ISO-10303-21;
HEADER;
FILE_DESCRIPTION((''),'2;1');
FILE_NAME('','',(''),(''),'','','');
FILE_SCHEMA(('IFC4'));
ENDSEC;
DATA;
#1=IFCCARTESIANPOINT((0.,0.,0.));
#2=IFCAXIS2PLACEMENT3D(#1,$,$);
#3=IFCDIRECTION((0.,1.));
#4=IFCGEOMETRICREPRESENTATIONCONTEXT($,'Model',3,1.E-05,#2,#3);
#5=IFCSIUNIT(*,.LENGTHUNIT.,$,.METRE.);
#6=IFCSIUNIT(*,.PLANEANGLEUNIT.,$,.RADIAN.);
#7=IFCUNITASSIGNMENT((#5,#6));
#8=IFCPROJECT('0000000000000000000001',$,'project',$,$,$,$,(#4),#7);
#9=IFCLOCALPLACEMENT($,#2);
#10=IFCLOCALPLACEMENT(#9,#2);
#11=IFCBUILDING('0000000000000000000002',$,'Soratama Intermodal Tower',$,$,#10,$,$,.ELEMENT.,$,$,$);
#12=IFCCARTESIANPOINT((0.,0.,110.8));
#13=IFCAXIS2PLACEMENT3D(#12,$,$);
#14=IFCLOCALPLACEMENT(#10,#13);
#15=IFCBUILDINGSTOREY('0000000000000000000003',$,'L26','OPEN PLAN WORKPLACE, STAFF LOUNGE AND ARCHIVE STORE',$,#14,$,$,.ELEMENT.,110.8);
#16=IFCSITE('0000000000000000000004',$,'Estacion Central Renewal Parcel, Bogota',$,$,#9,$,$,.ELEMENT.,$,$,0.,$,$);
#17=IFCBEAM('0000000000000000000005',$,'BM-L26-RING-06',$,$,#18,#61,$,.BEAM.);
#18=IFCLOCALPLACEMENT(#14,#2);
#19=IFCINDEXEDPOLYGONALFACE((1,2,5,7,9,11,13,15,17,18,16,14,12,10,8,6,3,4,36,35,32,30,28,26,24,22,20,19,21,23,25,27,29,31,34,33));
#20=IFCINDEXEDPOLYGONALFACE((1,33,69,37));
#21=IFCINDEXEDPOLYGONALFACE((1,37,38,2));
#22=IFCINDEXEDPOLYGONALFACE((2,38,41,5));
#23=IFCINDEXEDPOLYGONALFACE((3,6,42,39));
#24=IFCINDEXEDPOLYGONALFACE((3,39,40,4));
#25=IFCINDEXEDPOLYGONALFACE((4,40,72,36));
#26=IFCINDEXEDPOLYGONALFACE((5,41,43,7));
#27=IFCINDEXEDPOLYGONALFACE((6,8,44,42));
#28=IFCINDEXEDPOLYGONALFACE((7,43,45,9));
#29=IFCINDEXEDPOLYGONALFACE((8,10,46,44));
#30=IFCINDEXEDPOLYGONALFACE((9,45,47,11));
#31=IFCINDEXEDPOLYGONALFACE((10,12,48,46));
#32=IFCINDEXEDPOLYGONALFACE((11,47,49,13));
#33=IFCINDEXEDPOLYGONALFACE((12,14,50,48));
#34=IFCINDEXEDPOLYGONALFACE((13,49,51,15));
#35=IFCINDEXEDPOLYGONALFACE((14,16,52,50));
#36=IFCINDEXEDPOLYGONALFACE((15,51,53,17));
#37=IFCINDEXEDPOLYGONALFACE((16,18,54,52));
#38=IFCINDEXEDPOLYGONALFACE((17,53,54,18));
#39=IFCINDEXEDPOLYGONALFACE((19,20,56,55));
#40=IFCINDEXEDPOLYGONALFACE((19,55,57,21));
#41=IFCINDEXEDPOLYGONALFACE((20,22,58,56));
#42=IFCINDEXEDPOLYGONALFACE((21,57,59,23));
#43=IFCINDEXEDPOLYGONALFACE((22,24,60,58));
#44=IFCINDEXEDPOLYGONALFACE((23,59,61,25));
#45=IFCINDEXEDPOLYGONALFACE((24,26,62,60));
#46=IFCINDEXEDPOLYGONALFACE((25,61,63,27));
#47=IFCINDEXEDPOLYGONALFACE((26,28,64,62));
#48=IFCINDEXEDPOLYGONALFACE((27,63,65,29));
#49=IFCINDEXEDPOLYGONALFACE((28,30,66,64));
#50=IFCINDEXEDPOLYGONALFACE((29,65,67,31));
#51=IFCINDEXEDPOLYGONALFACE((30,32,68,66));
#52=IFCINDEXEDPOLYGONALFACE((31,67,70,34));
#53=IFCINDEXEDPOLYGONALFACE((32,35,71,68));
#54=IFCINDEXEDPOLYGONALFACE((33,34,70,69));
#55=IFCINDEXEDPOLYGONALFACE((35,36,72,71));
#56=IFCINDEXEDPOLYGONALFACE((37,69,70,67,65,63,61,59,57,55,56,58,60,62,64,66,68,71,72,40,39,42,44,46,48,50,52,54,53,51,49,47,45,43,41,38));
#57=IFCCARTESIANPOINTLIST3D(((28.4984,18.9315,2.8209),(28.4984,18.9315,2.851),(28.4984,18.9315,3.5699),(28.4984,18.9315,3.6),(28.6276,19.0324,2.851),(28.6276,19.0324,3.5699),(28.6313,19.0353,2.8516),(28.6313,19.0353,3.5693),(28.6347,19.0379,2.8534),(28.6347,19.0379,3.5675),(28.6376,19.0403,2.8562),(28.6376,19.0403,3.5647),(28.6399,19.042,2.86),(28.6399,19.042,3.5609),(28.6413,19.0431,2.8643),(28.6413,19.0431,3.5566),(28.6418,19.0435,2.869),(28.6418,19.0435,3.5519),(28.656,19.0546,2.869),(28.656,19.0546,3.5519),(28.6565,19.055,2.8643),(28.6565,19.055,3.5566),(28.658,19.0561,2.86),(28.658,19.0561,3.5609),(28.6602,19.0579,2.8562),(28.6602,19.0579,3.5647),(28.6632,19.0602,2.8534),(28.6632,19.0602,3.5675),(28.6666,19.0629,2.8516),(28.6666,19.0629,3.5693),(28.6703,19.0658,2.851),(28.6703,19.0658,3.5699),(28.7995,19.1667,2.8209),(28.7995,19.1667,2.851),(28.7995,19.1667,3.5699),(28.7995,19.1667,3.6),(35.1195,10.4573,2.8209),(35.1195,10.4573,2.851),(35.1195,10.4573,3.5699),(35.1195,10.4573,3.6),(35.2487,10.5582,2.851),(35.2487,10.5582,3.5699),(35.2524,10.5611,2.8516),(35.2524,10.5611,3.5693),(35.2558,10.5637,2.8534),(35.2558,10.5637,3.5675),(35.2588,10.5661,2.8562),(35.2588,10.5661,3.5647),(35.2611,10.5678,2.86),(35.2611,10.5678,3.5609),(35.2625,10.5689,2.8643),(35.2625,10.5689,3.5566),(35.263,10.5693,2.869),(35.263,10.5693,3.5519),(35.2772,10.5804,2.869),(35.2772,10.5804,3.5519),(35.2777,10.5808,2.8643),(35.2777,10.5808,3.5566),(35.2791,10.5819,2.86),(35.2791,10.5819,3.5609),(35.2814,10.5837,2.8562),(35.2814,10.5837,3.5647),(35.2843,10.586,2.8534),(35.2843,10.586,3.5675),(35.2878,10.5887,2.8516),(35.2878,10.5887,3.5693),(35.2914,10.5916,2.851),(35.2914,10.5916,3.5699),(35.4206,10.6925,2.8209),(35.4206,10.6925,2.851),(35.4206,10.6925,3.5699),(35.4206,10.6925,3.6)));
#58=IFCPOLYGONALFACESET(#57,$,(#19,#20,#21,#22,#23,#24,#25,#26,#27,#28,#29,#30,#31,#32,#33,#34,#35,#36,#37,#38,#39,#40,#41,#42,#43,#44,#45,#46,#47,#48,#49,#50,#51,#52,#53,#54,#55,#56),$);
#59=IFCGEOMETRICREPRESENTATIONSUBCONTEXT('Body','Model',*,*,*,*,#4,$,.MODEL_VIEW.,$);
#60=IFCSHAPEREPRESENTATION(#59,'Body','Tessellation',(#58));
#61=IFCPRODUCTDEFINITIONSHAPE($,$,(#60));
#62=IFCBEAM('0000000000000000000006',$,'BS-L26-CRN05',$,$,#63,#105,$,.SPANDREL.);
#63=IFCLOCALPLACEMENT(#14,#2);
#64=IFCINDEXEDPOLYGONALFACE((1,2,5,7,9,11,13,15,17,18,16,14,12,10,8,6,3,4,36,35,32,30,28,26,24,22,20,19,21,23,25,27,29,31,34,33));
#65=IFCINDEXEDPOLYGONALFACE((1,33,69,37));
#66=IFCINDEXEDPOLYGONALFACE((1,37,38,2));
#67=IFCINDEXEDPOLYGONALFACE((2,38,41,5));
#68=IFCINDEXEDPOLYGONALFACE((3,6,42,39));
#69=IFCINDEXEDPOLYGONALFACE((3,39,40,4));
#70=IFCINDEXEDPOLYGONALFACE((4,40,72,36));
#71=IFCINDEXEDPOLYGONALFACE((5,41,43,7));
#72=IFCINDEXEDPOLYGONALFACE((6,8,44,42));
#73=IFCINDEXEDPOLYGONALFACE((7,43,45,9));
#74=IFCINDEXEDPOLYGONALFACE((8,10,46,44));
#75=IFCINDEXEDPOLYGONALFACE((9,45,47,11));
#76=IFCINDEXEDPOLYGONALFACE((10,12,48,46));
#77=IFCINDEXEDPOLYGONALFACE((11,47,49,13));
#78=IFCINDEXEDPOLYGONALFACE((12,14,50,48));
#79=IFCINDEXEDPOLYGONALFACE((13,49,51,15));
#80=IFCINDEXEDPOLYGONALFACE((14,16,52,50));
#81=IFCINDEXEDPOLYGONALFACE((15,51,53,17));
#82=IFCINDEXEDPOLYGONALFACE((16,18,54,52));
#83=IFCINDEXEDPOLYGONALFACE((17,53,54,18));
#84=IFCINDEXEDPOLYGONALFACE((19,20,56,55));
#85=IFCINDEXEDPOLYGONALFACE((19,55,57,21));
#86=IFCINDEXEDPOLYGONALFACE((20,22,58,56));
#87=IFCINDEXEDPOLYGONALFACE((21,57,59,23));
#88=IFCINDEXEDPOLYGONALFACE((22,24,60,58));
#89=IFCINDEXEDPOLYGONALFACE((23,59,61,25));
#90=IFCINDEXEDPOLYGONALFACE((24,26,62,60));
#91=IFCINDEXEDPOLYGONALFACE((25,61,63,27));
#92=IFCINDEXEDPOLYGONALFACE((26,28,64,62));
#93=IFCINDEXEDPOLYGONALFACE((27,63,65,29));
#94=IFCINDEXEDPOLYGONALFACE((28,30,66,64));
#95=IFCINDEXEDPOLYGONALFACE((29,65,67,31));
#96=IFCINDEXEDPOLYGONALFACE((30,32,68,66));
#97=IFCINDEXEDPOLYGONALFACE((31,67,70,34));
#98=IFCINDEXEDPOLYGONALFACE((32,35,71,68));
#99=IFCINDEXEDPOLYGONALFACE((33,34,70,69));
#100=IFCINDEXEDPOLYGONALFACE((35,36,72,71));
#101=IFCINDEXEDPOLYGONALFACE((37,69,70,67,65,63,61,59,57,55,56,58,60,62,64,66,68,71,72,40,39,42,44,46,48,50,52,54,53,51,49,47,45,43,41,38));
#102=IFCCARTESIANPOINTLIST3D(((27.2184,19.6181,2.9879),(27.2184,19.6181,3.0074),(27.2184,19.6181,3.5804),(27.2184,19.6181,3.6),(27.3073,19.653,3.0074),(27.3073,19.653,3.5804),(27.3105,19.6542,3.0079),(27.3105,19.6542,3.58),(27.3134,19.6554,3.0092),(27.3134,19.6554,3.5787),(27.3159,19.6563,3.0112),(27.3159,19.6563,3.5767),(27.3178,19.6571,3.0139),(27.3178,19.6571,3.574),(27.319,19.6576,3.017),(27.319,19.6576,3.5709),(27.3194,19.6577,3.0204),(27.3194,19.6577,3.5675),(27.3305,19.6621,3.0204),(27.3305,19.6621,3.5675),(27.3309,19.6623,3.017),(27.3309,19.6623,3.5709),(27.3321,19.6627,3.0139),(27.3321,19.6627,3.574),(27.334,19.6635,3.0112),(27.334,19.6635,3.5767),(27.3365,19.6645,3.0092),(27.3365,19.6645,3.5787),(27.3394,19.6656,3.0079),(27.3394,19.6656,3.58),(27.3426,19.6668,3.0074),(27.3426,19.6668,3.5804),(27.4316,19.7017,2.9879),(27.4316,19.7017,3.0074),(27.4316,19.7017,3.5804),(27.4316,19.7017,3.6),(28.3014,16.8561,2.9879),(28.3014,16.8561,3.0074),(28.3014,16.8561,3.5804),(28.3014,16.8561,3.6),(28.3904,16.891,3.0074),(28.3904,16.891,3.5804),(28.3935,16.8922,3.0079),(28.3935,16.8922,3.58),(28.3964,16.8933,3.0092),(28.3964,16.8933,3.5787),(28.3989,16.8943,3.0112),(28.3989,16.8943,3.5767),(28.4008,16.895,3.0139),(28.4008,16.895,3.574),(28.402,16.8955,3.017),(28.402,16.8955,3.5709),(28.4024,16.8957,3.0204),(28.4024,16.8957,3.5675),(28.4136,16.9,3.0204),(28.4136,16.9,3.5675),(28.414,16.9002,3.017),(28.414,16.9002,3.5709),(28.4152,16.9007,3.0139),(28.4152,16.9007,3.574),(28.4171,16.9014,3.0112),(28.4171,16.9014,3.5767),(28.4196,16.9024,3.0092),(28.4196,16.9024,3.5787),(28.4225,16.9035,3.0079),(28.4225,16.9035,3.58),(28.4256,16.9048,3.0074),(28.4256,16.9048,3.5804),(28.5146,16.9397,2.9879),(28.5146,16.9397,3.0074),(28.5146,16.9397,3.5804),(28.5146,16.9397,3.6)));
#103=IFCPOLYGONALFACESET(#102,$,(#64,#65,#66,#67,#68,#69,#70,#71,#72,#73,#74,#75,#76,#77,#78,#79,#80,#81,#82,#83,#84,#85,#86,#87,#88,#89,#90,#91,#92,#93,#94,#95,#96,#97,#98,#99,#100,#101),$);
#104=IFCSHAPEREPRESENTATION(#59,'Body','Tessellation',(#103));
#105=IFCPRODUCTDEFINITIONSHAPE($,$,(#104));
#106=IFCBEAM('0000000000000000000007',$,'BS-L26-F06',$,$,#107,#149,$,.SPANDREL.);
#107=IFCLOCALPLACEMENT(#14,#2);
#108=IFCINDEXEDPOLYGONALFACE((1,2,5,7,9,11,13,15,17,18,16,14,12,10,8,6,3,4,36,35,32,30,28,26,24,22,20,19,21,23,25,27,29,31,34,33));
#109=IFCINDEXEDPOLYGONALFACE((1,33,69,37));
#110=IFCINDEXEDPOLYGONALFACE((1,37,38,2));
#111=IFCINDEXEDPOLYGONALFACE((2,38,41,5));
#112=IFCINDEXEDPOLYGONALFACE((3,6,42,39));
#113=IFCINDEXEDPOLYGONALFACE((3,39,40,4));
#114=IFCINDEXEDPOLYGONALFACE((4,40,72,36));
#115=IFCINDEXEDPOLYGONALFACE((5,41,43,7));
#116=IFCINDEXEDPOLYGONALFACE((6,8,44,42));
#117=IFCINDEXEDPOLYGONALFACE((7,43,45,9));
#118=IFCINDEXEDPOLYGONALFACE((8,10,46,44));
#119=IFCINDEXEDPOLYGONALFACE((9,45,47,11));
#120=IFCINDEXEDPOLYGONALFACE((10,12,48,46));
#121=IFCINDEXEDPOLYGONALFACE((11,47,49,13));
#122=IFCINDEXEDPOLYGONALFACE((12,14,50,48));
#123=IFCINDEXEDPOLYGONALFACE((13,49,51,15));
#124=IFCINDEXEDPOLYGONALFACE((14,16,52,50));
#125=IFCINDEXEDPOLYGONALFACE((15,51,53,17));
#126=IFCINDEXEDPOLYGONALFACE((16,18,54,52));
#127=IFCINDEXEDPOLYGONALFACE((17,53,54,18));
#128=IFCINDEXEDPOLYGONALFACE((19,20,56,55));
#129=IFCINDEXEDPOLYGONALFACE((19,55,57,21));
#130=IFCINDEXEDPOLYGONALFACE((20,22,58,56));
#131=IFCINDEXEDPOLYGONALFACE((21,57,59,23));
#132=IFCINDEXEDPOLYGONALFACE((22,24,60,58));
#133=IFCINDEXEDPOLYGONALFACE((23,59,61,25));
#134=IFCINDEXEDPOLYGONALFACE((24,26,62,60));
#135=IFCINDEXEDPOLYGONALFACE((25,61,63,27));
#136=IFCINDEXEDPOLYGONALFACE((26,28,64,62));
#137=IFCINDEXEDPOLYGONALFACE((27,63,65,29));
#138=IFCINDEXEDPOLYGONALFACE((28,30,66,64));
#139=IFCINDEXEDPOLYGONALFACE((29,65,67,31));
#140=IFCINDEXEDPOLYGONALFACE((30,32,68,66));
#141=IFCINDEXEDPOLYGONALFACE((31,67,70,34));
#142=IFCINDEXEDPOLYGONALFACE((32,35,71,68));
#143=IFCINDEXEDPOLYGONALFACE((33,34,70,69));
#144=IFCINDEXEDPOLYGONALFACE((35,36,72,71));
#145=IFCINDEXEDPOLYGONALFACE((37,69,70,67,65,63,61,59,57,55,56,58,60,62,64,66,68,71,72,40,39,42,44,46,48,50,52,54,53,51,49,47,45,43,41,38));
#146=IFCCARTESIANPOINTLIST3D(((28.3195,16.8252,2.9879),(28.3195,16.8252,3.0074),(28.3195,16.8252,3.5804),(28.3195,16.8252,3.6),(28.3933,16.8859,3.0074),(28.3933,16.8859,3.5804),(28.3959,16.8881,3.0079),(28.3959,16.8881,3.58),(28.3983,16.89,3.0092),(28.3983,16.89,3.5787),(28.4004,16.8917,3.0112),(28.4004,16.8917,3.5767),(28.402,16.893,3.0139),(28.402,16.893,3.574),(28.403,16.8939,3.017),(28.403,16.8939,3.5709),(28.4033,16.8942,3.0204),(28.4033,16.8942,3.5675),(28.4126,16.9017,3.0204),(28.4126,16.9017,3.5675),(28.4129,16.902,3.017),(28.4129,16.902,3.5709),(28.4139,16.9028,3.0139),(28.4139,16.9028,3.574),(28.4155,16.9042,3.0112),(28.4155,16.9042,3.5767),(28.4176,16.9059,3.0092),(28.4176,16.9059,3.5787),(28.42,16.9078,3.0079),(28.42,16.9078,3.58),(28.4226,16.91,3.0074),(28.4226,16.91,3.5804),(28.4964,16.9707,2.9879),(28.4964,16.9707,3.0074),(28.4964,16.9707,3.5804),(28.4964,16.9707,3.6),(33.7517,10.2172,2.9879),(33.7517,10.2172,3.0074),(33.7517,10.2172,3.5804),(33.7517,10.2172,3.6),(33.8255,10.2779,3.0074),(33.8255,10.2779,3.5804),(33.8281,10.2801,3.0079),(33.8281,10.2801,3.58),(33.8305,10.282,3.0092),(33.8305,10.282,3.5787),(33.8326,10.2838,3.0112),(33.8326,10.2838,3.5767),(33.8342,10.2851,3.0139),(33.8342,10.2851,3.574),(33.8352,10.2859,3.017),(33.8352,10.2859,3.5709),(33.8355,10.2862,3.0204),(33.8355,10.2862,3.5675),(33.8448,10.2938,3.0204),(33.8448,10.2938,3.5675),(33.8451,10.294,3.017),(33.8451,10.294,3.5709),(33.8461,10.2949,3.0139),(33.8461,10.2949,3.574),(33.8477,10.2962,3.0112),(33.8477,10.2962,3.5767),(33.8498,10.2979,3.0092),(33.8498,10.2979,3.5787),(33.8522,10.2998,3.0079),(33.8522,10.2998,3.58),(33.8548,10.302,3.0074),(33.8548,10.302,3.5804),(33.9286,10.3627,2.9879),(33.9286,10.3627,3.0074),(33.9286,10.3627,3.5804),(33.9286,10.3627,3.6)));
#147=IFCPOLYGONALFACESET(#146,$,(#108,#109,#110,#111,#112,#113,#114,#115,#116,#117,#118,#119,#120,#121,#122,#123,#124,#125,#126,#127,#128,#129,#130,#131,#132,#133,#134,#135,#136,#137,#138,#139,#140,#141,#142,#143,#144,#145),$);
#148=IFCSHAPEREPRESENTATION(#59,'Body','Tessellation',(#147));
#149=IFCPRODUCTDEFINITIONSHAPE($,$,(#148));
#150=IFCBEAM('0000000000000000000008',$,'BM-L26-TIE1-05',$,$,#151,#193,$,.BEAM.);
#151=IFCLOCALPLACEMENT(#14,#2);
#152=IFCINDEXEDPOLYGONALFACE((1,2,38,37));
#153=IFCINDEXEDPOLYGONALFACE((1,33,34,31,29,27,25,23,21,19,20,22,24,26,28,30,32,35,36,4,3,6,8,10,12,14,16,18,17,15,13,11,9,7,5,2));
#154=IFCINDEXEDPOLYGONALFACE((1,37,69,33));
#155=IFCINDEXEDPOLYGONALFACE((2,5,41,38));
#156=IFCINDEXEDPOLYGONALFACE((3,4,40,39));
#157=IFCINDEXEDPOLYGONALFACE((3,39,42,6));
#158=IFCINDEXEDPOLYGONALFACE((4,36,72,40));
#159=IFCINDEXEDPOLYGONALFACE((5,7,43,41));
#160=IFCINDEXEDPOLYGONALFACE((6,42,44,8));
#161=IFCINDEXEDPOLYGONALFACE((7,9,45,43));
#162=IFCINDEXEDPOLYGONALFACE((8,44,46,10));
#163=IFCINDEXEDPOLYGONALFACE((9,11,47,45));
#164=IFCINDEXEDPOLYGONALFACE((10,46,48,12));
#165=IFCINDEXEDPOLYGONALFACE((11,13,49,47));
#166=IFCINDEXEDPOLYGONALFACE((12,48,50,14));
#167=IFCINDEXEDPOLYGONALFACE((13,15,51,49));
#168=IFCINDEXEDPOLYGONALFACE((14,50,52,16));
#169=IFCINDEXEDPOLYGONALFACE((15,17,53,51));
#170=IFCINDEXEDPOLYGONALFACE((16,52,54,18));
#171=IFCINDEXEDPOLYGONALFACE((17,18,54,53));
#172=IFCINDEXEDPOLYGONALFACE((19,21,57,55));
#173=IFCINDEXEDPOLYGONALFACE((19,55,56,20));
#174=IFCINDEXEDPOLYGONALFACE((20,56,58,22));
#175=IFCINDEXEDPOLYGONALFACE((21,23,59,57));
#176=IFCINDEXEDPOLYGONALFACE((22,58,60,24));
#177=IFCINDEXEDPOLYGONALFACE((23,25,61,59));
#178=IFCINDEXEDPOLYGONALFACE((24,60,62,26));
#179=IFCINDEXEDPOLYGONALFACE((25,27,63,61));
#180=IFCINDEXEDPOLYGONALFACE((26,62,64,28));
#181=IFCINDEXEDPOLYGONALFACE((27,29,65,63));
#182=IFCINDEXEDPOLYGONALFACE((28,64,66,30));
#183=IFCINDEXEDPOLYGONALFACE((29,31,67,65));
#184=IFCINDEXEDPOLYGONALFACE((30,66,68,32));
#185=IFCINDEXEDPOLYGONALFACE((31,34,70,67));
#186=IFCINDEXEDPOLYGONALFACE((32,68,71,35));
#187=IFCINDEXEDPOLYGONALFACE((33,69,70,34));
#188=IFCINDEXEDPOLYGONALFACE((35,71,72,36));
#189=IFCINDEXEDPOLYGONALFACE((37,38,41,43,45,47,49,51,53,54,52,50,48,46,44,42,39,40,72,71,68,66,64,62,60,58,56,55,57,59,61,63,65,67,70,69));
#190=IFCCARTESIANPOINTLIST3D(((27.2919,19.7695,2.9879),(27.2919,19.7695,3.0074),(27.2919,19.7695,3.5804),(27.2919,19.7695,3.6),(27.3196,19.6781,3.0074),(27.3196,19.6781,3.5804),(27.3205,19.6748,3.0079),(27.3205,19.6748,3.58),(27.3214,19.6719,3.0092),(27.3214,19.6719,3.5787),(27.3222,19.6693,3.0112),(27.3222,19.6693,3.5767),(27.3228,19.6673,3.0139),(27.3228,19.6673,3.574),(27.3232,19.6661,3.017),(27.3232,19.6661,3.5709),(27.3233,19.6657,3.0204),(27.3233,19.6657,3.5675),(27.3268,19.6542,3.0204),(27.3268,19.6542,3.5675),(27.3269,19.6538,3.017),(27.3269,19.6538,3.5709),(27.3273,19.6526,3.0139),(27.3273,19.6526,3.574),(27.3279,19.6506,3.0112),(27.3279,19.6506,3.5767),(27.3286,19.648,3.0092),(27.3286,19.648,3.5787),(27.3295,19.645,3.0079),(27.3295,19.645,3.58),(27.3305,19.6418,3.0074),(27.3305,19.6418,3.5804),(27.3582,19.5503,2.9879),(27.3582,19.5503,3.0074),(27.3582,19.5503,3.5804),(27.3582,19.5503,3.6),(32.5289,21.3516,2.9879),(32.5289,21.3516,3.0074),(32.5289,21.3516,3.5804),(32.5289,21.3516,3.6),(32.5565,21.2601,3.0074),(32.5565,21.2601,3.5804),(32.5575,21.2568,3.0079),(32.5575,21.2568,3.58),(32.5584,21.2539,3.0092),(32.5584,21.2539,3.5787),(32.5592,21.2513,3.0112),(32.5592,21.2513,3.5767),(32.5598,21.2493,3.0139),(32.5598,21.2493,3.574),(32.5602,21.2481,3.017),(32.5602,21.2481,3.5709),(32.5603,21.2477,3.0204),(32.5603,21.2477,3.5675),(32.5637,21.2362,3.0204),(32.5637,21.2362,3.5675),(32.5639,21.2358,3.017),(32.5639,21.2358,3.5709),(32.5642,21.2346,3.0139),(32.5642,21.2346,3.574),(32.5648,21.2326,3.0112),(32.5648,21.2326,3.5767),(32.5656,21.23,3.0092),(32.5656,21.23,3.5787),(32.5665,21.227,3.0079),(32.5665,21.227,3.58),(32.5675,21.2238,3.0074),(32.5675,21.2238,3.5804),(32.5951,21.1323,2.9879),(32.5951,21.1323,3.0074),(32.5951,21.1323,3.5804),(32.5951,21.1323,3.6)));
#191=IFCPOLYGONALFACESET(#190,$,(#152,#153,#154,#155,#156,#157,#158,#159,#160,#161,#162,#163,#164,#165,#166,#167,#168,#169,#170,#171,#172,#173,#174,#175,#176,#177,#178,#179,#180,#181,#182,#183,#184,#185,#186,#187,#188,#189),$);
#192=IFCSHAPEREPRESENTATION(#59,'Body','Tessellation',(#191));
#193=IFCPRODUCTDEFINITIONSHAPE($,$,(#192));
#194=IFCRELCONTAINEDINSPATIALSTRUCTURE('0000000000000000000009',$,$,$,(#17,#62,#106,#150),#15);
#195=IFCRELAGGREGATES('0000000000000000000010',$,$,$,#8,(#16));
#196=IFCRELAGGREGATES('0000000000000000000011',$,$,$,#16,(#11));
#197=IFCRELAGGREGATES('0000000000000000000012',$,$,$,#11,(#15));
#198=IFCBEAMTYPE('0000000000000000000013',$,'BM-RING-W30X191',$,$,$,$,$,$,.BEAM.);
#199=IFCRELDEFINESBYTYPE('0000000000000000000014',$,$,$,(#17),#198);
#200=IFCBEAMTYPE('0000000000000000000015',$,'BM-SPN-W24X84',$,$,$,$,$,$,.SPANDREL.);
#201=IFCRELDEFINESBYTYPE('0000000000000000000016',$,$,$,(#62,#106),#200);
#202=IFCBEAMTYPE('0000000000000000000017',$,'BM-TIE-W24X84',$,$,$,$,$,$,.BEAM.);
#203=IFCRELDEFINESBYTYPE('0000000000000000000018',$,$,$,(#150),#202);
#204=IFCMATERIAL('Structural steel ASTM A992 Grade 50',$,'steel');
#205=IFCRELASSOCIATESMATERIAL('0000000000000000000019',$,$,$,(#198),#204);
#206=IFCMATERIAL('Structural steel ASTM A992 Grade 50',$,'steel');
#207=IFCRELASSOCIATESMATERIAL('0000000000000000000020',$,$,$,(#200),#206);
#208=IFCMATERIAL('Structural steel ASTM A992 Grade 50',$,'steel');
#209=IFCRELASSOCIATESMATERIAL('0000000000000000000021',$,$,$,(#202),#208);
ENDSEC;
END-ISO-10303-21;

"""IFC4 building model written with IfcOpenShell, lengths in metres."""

from ifc_helpers import new_model, si_unit, direction, frame, origin, origin_2d, place, context, subcontext, project, spatial, i_section, extrude, material, material_profile, profile_set, type_object, element, save


model = new_model("IFC4")

# Units and contexts
model_context = context("Model", 3, precision=1e-05, world=origin(), true_north=direction((0.0, 1.0)))
body_context = subcontext(model_context, "Body", "Model", "MODEL_VIEW")
ifc_project = project(units=[si_unit("LENGTHUNIT", "METRE"), si_unit("PLANEANGLEUNIT", "RADIAN")], contexts=[model_context])

# Site, building, storey
site_placement = place(None, origin())
site = spatial("IfcSite", under=ifc_project, at=site_placement, Name="Estacion Central Renewal Parcel, Bogota", CompositionType="ELEMENT", RefElevation=0.0)
building_placement = place(site_placement, origin())
building = spatial("IfcBuilding", under=site, at=building_placement, Name="Soratama Intermodal Tower", CompositionType="ELEMENT")
storey_placement = place(building_placement, frame((0.0, 0.0, 110.8)))
storey = spatial("IfcBuildingStorey", under=building, at=storey_placement, Name="L26", Description="OPEN PLAN WORKPLACE, STAFF LOUNGE AND ARCHIVE STORE", CompositionType="ELEMENT", Elevation=110.8)

# Beams
ifc_material_1 = material(Name="Structural steel ASTM A992 Grade 50", Category="steel")
ifc_material_profile_1 = material_profile(ifc_material_1, i_section(OverallWidth=0.3821, OverallDepth=0.7791, WebThickness=0.0181, FlangeThickness=0.03, FilletRadius=0.0181, at=origin_2d()), Name="W30X191")
ifc_profile_set_1 = profile_set([ifc_material_profile_1], Name="Structural steel ASTM A992 Grade 50")
beam_type_1 = type_object("IfcBeamType", Name="BM-RING-W30X191", PredefinedType="BEAM", material=ifc_profile_set_1)
beam_1_placement = place(storey_placement, frame((28.6489, 19.0491, 3.2104), z_axis=(0.615684, -0.787993, 0.0), x_axis=(0.787993, 0.615684, 0.0)))
element("IfcBeam", 1, at=beam_1_placement, inside=storey, type_object=beam_type_1, Name="BM-L26-RING-06", PredefinedType="BEAM", context=body_context, shape_type="SweptSolid", body=[
    extrude(i_section(OverallWidth=0.3821, OverallDepth=0.7791, WebThickness=0.0181, FlangeThickness=0.03, FilletRadius=0.0181, at=origin_2d()), origin(), (0.0, 0.0, 1.0), 10.7542),
])
ifc_material_2 = material(Name="Structural steel ASTM A992 Grade 50", Category="steel")
ifc_material_profile_2 = material_profile(ifc_material_2, i_section(OverallWidth=0.229, OverallDepth=0.6121, WebThickness=0.012, FlangeThickness=0.0195, FilletRadius=0.0129, at=origin_2d()), Name="W24X84")
ifc_profile_set_2 = profile_set([ifc_material_profile_2], Name="Structural steel ASTM A992 Grade 50")
beam_type_2 = type_object("IfcBeamType", Name="BM-SPN-W24X84", PredefinedType="SPANDREL", material=ifc_profile_set_2)
beam_2_placement = place(storey_placement, frame((27.325, 19.6599, 3.2939), z_axis=(0.365054, -0.930986, 0.0), x_axis=(0.930986, 0.365054, 0.0)))
element("IfcBeam", 2, at=beam_2_placement, inside=storey, type_object=beam_type_2, Name="BS-L26-CRN05", PredefinedType="SPANDREL", context=body_context, shape_type="SweptSolid", body=[
    extrude(i_section(OverallWidth=0.229, OverallDepth=0.6121, WebThickness=0.012, FlangeThickness=0.0195, FilletRadius=0.0129, at=origin_2d()), origin(), (0.0, 0.0, 1.0), 2.9668),
])
beam_3_placement = place(storey_placement, frame((28.408, 16.8979, 3.2939), z_axis=(0.635033, -0.772485, 0.0), x_axis=(0.772485, 0.635033, 0.0)))
element("IfcBeam", 3, at=beam_3_placement, inside=storey, type_object=beam_type_2, Name="BS-L26-F06", PredefinedType="SPANDREL", context=body_context, shape_type="SweptSolid", body=[
    extrude(i_section(OverallWidth=0.229, OverallDepth=0.6121, WebThickness=0.012, FlangeThickness=0.0195, FilletRadius=0.0129, at=origin_2d()), origin(), (0.0, 0.0, 1.0), 8.5542),
])
ifc_material_3 = material(Name="Structural steel ASTM A992 Grade 50", Category="steel")
ifc_material_profile_3 = material_profile(ifc_material_3, i_section(OverallWidth=0.229, OverallDepth=0.6121, WebThickness=0.012, FlangeThickness=0.0195, FilletRadius=0.0129, at=origin_2d()), Name="W24X84")
ifc_profile_set_3 = profile_set([ifc_material_profile_3], Name="Structural steel ASTM A992 Grade 50")
beam_type_3 = type_object("IfcBeamType", Name="BM-TIE-W24X84", PredefinedType="BEAM", material=ifc_profile_set_3)
beam_4_placement = place(storey_placement, frame((32.562, 21.2419, 3.2939), z_axis=(-0.957276, -0.289177, 0.0), x_axis=(0.289177, -0.957276, 0.0)))
element("IfcBeam", 4, at=beam_4_placement, inside=storey, type_object=beam_type_3, Name="BM-L26-TIE1-05", PredefinedType="BEAM", context=body_context, shape_type="SweptSolid", body=[
    extrude(i_section(OverallWidth=0.229, OverallDepth=0.6121, WebThickness=0.012, FlangeThickness=0.0195, FilletRadius=0.0129, at=origin_2d()), origin(), (0.0, 0.0, 1.0), 5.4707),
])

save(model, "model.ifc")
